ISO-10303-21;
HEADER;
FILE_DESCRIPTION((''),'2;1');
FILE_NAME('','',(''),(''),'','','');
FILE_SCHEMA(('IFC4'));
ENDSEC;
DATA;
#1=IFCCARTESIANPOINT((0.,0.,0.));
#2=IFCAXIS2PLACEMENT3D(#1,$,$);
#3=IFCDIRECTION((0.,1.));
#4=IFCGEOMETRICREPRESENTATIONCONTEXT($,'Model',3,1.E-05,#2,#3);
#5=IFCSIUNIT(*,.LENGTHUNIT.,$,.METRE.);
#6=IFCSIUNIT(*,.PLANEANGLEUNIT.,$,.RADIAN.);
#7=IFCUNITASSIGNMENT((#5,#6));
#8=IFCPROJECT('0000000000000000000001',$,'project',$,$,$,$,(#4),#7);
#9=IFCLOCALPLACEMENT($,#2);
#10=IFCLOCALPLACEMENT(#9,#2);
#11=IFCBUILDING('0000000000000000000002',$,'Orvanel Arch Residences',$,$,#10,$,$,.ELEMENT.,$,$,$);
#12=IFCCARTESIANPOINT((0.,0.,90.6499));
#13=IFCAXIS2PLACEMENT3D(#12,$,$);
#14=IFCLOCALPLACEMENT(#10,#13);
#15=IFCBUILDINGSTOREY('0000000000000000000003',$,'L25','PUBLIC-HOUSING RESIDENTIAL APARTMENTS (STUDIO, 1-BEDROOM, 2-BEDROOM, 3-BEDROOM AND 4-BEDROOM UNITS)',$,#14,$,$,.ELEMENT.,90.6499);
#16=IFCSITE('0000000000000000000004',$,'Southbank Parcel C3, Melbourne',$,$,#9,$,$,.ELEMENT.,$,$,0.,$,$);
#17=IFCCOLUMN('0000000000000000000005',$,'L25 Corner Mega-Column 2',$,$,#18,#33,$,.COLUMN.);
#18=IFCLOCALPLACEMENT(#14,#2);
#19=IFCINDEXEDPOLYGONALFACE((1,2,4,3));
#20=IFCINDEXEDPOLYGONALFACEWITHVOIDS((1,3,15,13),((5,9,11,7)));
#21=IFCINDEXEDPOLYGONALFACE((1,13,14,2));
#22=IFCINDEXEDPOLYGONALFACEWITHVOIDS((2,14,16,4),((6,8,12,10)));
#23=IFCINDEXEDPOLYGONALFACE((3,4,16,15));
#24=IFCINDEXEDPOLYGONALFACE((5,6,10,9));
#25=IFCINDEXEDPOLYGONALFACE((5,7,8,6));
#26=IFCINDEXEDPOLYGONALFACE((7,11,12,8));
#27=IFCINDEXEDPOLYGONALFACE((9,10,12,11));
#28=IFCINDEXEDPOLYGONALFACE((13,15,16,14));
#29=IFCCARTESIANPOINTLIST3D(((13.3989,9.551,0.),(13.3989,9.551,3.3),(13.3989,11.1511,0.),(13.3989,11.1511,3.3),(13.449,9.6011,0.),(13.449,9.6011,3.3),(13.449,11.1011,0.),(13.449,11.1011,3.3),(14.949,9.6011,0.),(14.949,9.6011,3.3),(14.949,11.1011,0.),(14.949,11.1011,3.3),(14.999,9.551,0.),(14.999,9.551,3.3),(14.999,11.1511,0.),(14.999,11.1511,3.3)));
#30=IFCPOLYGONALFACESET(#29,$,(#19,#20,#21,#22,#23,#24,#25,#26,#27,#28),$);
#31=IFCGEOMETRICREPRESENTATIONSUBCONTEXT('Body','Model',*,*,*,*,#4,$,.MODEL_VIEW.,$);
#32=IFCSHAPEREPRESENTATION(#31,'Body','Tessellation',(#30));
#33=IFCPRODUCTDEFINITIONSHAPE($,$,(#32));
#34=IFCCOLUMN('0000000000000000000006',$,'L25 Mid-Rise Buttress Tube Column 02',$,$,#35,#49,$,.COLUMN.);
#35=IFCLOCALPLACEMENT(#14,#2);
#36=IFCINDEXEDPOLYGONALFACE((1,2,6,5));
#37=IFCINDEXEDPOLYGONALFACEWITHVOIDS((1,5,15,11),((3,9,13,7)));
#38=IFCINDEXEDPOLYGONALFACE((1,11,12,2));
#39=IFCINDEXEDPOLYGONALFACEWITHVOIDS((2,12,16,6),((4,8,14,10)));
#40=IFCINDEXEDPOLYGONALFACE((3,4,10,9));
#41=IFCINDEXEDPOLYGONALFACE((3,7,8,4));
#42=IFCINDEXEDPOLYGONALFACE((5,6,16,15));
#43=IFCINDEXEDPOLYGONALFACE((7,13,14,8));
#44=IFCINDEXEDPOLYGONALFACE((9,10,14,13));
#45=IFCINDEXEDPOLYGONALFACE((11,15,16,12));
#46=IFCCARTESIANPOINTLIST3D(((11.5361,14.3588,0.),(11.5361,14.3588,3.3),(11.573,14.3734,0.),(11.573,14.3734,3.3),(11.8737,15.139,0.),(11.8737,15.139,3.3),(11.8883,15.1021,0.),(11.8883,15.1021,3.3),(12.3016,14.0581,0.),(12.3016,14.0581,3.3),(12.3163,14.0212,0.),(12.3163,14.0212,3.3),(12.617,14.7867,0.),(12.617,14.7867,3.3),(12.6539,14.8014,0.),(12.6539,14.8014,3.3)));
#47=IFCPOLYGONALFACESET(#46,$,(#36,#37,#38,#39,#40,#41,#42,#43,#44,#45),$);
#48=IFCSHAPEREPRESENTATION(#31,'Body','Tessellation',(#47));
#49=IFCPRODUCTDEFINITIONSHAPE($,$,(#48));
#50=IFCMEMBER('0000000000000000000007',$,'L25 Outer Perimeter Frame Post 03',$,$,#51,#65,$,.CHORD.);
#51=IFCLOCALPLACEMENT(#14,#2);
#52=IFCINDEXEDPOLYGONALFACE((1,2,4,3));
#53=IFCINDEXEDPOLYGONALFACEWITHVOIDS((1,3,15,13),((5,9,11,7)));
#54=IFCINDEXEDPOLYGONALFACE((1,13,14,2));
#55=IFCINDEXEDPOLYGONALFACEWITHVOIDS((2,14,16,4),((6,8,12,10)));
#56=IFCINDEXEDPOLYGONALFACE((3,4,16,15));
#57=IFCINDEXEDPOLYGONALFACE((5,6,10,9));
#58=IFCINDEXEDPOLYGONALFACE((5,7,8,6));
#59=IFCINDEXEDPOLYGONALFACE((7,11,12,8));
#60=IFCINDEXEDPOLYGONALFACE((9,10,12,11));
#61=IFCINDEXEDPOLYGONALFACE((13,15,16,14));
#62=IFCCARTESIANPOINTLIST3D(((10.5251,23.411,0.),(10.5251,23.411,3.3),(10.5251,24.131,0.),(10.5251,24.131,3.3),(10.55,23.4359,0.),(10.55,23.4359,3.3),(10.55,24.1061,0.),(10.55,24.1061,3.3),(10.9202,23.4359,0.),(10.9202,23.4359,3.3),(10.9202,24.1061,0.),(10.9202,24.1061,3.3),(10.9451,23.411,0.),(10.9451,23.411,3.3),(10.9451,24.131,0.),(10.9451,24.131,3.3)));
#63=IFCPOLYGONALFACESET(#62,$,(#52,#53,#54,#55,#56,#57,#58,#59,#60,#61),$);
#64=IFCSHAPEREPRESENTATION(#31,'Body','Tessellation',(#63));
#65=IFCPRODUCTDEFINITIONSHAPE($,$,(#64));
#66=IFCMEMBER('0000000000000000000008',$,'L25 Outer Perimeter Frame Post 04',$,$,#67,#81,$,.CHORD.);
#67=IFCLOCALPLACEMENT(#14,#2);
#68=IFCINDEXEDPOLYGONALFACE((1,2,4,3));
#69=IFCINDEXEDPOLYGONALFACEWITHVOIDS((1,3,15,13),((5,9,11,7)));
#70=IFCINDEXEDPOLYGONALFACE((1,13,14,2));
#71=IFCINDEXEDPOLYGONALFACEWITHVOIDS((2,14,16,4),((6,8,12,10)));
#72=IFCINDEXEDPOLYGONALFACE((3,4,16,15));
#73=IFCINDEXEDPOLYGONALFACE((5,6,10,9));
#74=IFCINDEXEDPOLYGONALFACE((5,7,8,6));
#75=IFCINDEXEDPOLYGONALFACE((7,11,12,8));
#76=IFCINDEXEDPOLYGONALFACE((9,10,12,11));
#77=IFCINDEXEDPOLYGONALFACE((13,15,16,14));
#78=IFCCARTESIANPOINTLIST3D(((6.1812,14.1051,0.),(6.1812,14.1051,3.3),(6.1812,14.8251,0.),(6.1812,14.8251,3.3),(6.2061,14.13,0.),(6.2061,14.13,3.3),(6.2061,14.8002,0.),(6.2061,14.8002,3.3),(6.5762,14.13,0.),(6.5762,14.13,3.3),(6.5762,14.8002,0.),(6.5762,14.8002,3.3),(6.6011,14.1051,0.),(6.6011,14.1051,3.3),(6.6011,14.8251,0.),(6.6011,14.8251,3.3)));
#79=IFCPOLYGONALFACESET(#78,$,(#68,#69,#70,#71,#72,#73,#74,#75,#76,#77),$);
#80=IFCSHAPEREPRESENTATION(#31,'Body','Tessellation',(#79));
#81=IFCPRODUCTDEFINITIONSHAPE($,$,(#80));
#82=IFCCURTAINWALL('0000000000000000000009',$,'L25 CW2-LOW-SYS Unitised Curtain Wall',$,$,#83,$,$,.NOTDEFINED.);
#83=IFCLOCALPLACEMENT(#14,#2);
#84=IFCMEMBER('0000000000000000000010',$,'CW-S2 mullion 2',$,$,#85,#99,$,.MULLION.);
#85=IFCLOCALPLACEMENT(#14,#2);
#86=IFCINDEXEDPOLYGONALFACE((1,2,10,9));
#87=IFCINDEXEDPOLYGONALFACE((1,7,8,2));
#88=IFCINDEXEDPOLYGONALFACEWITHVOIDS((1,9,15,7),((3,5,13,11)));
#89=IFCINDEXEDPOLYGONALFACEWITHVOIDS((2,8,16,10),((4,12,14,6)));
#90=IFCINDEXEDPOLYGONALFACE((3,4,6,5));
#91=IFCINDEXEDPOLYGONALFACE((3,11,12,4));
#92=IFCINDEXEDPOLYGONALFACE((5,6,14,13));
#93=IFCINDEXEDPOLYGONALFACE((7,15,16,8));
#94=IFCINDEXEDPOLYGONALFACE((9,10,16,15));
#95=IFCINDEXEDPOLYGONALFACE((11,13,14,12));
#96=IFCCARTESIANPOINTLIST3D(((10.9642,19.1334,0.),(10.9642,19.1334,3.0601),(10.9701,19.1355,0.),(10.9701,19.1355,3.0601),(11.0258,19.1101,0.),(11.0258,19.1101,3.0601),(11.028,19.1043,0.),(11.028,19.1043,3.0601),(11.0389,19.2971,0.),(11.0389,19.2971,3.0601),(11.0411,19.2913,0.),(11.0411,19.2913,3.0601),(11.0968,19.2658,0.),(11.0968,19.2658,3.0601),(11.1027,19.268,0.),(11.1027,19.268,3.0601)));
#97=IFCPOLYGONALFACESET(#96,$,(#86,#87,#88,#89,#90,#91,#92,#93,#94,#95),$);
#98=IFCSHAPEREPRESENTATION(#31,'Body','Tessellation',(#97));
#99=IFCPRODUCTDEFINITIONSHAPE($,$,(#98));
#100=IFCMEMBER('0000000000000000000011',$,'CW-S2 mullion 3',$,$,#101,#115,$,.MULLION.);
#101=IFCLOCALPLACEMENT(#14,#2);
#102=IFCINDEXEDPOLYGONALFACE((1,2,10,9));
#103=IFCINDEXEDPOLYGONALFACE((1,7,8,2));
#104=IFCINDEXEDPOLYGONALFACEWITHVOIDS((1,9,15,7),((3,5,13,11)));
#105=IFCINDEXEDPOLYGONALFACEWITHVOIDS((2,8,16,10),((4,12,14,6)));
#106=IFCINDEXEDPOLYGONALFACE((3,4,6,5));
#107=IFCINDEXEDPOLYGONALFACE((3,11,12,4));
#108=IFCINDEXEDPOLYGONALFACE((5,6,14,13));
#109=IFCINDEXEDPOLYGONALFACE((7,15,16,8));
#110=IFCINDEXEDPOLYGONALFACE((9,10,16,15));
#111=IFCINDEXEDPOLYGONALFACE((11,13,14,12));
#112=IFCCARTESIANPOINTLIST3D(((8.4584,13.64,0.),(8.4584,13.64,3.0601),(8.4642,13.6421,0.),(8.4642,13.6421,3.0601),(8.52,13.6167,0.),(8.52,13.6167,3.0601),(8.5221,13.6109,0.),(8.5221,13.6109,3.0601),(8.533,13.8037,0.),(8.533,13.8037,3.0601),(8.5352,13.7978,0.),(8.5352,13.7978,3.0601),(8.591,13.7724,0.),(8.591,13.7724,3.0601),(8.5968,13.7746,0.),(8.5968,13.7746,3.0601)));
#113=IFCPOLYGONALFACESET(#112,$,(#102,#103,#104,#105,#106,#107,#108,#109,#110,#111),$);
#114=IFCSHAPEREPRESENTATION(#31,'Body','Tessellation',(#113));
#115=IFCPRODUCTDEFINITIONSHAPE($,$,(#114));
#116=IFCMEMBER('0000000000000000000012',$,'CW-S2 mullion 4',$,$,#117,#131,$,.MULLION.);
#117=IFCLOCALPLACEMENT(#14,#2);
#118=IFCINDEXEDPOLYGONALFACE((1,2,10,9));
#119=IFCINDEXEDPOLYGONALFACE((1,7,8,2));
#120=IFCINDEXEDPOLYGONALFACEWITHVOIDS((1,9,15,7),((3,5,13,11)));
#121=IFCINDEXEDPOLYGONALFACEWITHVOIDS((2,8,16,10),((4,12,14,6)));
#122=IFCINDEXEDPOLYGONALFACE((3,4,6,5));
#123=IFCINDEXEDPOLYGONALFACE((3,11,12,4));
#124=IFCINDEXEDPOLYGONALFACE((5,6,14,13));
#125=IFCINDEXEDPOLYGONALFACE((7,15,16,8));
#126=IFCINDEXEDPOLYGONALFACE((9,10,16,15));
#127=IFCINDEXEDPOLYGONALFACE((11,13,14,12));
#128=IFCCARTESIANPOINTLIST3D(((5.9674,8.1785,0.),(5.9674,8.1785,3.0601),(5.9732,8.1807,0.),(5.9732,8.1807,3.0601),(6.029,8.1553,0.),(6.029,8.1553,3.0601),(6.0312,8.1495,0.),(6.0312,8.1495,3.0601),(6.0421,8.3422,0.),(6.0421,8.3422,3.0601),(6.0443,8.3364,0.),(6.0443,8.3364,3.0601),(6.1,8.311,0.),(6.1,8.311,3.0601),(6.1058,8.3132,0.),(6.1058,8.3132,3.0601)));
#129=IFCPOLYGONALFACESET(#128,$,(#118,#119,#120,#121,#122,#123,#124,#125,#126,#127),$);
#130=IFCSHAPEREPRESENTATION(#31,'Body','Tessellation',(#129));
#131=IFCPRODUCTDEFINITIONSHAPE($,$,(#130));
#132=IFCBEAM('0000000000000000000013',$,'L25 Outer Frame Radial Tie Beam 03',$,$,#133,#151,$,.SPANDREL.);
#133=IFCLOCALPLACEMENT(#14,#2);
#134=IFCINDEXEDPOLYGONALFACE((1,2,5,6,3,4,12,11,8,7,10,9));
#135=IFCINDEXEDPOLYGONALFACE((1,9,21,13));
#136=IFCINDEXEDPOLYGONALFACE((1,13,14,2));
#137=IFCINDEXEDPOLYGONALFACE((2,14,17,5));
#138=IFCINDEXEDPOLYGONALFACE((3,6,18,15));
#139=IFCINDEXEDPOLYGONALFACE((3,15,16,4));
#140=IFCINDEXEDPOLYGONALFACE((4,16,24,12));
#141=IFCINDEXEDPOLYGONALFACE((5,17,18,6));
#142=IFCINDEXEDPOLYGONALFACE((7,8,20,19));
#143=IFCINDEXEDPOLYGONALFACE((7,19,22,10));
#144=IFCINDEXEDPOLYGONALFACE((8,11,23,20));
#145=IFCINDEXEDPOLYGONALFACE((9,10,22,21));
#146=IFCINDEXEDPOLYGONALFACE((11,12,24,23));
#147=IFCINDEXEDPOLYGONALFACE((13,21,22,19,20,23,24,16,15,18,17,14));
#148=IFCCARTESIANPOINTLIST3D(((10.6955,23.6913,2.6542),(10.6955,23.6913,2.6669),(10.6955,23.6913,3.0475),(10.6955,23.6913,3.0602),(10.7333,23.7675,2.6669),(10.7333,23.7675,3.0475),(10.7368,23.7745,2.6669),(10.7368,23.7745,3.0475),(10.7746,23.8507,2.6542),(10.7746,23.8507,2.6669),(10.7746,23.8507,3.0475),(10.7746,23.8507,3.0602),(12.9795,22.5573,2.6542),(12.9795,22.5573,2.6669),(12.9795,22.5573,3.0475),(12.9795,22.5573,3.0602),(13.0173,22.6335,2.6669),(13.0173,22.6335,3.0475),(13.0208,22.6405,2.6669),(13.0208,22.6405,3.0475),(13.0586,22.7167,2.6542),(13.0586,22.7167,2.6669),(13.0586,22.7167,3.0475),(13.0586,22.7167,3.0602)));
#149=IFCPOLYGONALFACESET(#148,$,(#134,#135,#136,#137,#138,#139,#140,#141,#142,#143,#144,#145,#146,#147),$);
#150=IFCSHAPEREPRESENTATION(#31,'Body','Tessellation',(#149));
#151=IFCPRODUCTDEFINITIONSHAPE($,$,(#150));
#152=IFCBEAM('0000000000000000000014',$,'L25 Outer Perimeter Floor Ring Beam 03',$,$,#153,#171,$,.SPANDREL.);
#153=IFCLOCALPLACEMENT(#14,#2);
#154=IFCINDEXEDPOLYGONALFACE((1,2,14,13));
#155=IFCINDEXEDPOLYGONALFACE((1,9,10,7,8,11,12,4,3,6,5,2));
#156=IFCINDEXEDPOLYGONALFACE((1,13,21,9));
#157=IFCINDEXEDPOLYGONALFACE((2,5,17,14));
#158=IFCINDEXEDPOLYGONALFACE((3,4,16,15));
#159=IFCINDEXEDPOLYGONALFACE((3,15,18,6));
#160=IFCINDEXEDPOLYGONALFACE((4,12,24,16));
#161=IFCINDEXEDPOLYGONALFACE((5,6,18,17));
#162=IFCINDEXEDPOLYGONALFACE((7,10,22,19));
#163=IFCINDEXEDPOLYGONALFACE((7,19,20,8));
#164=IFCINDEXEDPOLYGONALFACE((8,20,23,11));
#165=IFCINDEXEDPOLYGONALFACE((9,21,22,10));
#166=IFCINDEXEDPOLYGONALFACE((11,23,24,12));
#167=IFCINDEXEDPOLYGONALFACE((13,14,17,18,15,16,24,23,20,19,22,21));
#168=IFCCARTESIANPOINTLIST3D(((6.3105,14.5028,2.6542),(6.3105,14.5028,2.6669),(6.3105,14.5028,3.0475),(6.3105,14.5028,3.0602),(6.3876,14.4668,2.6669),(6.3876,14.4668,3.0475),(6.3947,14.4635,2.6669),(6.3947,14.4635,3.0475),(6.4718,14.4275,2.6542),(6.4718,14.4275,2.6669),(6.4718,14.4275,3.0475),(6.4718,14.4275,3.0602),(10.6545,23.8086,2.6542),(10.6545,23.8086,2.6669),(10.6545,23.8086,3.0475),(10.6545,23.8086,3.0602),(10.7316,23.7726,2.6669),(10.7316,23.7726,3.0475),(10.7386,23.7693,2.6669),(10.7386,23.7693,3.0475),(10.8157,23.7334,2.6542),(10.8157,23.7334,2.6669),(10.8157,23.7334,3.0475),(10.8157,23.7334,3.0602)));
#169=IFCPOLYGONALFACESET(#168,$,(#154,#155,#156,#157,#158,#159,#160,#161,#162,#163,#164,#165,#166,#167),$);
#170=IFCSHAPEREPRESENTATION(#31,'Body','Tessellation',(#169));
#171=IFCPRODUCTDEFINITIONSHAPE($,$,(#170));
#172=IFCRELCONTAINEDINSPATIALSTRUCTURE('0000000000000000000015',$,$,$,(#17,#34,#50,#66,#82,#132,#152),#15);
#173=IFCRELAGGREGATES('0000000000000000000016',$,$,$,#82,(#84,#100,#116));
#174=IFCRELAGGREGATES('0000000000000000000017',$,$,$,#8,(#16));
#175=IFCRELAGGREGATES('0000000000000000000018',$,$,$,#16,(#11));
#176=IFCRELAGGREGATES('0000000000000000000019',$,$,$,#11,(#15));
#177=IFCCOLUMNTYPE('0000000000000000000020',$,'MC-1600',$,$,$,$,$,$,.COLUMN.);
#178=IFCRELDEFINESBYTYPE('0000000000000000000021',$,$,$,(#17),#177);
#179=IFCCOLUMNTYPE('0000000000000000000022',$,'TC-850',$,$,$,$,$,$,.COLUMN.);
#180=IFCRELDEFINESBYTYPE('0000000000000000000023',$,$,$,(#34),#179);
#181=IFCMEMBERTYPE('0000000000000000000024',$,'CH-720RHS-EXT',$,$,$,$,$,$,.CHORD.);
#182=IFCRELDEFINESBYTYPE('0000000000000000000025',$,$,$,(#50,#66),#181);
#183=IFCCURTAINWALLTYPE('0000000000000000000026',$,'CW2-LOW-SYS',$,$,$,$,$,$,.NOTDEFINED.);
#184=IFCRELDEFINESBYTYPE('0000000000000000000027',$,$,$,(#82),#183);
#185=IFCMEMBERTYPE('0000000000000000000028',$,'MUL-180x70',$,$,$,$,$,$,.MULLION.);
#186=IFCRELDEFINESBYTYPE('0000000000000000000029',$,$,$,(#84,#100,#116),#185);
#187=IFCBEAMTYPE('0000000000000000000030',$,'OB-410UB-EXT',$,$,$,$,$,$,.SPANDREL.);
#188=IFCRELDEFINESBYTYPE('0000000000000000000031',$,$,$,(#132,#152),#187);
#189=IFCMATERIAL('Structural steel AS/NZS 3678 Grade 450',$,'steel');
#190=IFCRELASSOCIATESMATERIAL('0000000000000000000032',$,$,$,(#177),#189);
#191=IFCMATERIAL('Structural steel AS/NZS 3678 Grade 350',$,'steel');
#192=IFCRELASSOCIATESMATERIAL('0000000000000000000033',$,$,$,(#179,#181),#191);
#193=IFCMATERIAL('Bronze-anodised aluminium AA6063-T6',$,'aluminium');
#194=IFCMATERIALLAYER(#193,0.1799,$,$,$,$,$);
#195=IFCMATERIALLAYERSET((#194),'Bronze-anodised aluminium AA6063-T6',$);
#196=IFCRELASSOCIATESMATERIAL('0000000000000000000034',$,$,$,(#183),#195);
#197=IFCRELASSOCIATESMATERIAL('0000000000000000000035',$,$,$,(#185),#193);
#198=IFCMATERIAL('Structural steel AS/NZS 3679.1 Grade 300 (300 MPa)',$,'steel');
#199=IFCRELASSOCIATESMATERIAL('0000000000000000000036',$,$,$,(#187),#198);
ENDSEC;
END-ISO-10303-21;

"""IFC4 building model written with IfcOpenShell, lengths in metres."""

from ifc_helpers import new_model, si_unit, direction, frame, origin, origin_2d, place, context, subcontext, project, spatial, hollow_rectangle, i_section, extrude, material, layer, layer_set, material_profile, profile_set, type_object, element, aggregate, save


model = new_model("IFC4")

# Units and contexts
model_context = context("Model", 3, precision=1e-05, world=origin(), true_north=direction((0.0, 1.0)))
body_context = subcontext(model_context, "Body", "Model", "MODEL_VIEW")
ifc_project = project(units=[si_unit("LENGTHUNIT", "METRE"), si_unit("PLANEANGLEUNIT", "RADIAN")], contexts=[model_context])

# Site, building, storey
site_placement = place(None, origin())
site = spatial("IfcSite", under=ifc_project, at=site_placement, Name="Southbank Parcel C3, Melbourne", CompositionType="ELEMENT", RefElevation=0.0)
building_placement = place(site_placement, origin())
building = spatial("IfcBuilding", under=site, at=building_placement, Name="Orvanel Arch Residences", CompositionType="ELEMENT")
storey_placement = place(building_placement, frame((0.0, 0.0, 90.6499)))
storey = spatial("IfcBuildingStorey", under=building, at=storey_placement, Name="L25", Description="PUBLIC-HOUSING RESIDENTIAL APARTMENTS (STUDIO, 1-BEDROOM, 2-BEDROOM, 3-BEDROOM AND 4-BEDROOM UNITS)", CompositionType="ELEMENT", Elevation=90.6499)

# Columns
ifc_material_1 = material(Name="Structural steel AS/NZS 3678 Grade 450", Category="steel")
ifc_material_profile_1 = material_profile(ifc_material_1, hollow_rectangle(XDim=1.6001, YDim=1.6001, WallThickness=0.05, at=origin_2d()), Name="BOX1600x1600x50")
ifc_profile_set_1 = profile_set([ifc_material_profile_1], Name="Structural steel AS/NZS 3678 Grade 450")
column_type_1 = type_object("IfcColumnType", Name="MC-1600", PredefinedType="COLUMN", material=ifc_profile_set_1)
column_1_placement = place(storey_placement, frame((14.199, 10.3511, 0.0), z_axis=(0.0, 0.0, 1.0), x_axis=(1.0, 0.0, 0.0)))
element("IfcColumn", 1, at=column_1_placement, inside=storey, type_object=column_type_1, Name="L25 Corner Mega-Column 2", PredefinedType="COLUMN", context=body_context, shape_type="SweptSolid", body=[
    extrude(hollow_rectangle(XDim=1.6001, YDim=1.6001, WallThickness=0.05, at=origin_2d()), origin(), (0.0, 0.0, 1.0), 3.3),
])
ifc_material_2 = material(Name="Structural steel AS/NZS 3678 Grade 350", Category="steel")
ifc_material_profile_2 = material_profile(ifc_material_2, hollow_rectangle(XDim=0.8501, YDim=0.8501, WallThickness=0.0281, at=origin_2d()), Name="BOX850x850x28")
ifc_profile_set_2 = profile_set([ifc_material_profile_2], Name="Structural steel AS/NZS 3678 Grade 350")
column_type_2 = type_object("IfcColumnType", Name="TC-850", PredefinedType="COLUMN", material=ifc_profile_set_2)
column_2_placement = place(storey_placement, frame((12.095, 14.5801, 0.0), z_axis=(0.0, 0.0, 1.0), x_axis=(0.397148, 0.917755, 0.0)))
element("IfcColumn", 2, at=column_2_placement, inside=storey, type_object=column_type_2, Name="L25 Mid-Rise Buttress Tube Column 02", PredefinedType="COLUMN", context=body_context, shape_type="SweptSolid", body=[
    extrude(hollow_rectangle(XDim=0.8501, YDim=0.8501, WallThickness=0.0281, at=origin_2d()), origin(), (0.0, 0.0, 1.0), 3.3),
])

# Members
ifc_material_profile_3 = material_profile(ifc_material_2, hollow_rectangle(XDim=0.4199, YDim=0.72, WallThickness=0.0249, at=origin_2d()), Name="RHS720x420x25")
ifc_profile_set_3 = profile_set([ifc_material_profile_3], Name="Structural steel AS/NZS 3678 Grade 350")
member_type_1 = type_object("IfcMemberType", Name="CH-720RHS-EXT", PredefinedType="CHORD", material=ifc_profile_set_3)
for number, where, z_axis, x_axis, name in (
    (3, (10.7351, 23.771, 0.0), (0.0, 0.0, 1.0), (1.0, 0.0, 0.0), "L25 Outer Perimeter Frame Post 03"),
    (4, (6.3911, 14.4651, 0.0), (0.0, 0.0, 1.0), (1.0, 0.0, 0.0), "L25 Outer Perimeter Frame Post 04"),
):
    element("IfcMember", number, at=place(storey_placement, frame(where, z_axis=z_axis, x_axis=x_axis)), inside=storey, type_object=member_type_1, Name=name, PredefinedType="CHORD", context=body_context, shape_type="SweptSolid", body=[
        extrude(hollow_rectangle(XDim=0.4199, YDim=0.72, WallThickness=0.0249, at=origin_2d()), origin(), (0.0, 0.0, 1.0), 3.3),
    ])

# Curtain wall, members
ifc_material_3 = material(Name="Bronze-anodised aluminium AA6063-T6", Category="aluminium")
ifc_layer_1 = layer(ifc_material_3, 0.1799)
ifc_layer_set_1 = layer_set([ifc_layer_1], Name="Bronze-anodised aluminium AA6063-T6")
curtain_wall_type = type_object("IfcCurtainWallType", Name="CW2-LOW-SYS", PredefinedType="NOTDEFINED", material=ifc_layer_set_1)
curtain_wall_placement = place(storey_placement, origin())
curtain_wall = element("IfcCurtainWall", 5, at=curtain_wall_placement, inside=storey, type_object=curtain_wall_type, Name="L25 CW2-LOW-SYS Unitised Curtain Wall", PredefinedType="NOTDEFINED")
ifc_material_profile_4 = material_profile(ifc_material_3, hollow_rectangle(XDim=0.0701, YDim=0.1799, WallThickness=0.0044, at=origin_2d()), Name="ALU180x70x4.5")
ifc_profile_set_4 = profile_set([ifc_material_profile_4], Name="Bronze-anodised aluminium AA6063-T6")
member_type_2 = type_object("IfcMemberType", Name="MUL-180x70", PredefinedType="MULLION", material=ifc_profile_set_4)
member_1_placement = place(storey_placement, frame((11.0334, 19.2007, 0.0), z_axis=(0.0, 0.0, 1.0), x_axis=(0.909823, -0.414996, 0.0)))
member_1 = element("IfcMember", 6, at=member_1_placement, type_object=member_type_2, Name="CW-S2 mullion 2", PredefinedType="MULLION", context=body_context, shape_type="SweptSolid", body=[
    extrude(hollow_rectangle(XDim=0.0701, YDim=0.1799, WallThickness=0.0044, at=origin_2d()), origin(), (0.0, 0.0, 1.0), 3.0601),
])
member_2_placement = place(storey_placement, frame((8.5276, 13.7073, 0.0), z_axis=(0.0, 0.0, 1.0), x_axis=(0.909823, -0.414996, 0.0)))
member_2 = element("IfcMember", 7, at=member_2_placement, type_object=member_type_2, Name="CW-S2 mullion 3", PredefinedType="MULLION", context=body_context, shape_type="SweptSolid", body=[
    extrude(hollow_rectangle(XDim=0.0701, YDim=0.1799, WallThickness=0.0044, at=origin_2d()), origin(), (0.0, 0.0, 1.0), 3.0601),
])
member_3_placement = place(storey_placement, frame((6.0366, 8.2458, 0.0), z_axis=(0.0, 0.0, 1.0), x_axis=(0.909823, -0.414996, 0.0)))
member_3 = element("IfcMember", 8, at=member_3_placement, type_object=member_type_2, Name="CW-S2 mullion 4", PredefinedType="MULLION", context=body_context, shape_type="SweptSolid", body=[
    extrude(hollow_rectangle(XDim=0.0701, YDim=0.1799, WallThickness=0.0044, at=origin_2d()), origin(), (0.0, 0.0, 1.0), 3.0601),
])

# Beams
ifc_material_4 = material(Name="Structural steel AS/NZS 3679.1 Grade 300 (300 MPa)", Category="steel")
ifc_material_profile_5 = material_profile(ifc_material_4, i_section(OverallWidth=0.178, OverallDepth=0.406, WebThickness=0.0078, FlangeThickness=0.0127, at=origin_2d()), Name="410UB59.7")
ifc_profile_set_5 = profile_set([ifc_material_profile_5], Name="Structural steel AS/NZS 3679.1 Grade 300 (300 MPa)")
beam_type_1 = type_object("IfcBeamType", Name="OB-410UB-EXT", PredefinedType="SPANDREL", material=ifc_profile_set_5)
beam_1_placement = place(storey_placement, frame((13.019, 22.637, 2.8572), z_axis=(-0.895668, 0.444723, 0.0), x_axis=(-0.444723, -0.895668, 0.0)))
element("IfcBeam", 9, at=beam_1_placement, inside=storey, type_object=beam_type_1, Name="L25 Outer Frame Radial Tie Beam 03", PredefinedType="SPANDREL", context=body_context, shape_type="SweptSolid", body=[
    extrude(i_section(OverallWidth=0.178, OverallDepth=0.406, WebThickness=0.0078, FlangeThickness=0.0127, at=origin_2d()), origin(), (0.0, 0.0, 1.0), 2.55),
])
beam_2_placement = place(storey_placement, frame((10.7351, 23.771, 2.8572), z_axis=(-0.422984, -0.906137, 0.0), x_axis=(0.906137, -0.422984, 0.0)))
element("IfcBeam", 10, at=beam_2_placement, inside=storey, type_object=beam_type_1, Name="L25 Outer Perimeter Floor Ring Beam 03", PredefinedType="SPANDREL", context=body_context, shape_type="SweptSolid", body=[
    extrude(i_section(OverallWidth=0.178, OverallDepth=0.406, WebThickness=0.0078, FlangeThickness=0.0127, at=origin_2d()), origin(), (0.0, 0.0, 1.0), 10.2698),
])

aggregate(curtain_wall, [member_1, member_2, member_3])

save(model, "model.ifc")
